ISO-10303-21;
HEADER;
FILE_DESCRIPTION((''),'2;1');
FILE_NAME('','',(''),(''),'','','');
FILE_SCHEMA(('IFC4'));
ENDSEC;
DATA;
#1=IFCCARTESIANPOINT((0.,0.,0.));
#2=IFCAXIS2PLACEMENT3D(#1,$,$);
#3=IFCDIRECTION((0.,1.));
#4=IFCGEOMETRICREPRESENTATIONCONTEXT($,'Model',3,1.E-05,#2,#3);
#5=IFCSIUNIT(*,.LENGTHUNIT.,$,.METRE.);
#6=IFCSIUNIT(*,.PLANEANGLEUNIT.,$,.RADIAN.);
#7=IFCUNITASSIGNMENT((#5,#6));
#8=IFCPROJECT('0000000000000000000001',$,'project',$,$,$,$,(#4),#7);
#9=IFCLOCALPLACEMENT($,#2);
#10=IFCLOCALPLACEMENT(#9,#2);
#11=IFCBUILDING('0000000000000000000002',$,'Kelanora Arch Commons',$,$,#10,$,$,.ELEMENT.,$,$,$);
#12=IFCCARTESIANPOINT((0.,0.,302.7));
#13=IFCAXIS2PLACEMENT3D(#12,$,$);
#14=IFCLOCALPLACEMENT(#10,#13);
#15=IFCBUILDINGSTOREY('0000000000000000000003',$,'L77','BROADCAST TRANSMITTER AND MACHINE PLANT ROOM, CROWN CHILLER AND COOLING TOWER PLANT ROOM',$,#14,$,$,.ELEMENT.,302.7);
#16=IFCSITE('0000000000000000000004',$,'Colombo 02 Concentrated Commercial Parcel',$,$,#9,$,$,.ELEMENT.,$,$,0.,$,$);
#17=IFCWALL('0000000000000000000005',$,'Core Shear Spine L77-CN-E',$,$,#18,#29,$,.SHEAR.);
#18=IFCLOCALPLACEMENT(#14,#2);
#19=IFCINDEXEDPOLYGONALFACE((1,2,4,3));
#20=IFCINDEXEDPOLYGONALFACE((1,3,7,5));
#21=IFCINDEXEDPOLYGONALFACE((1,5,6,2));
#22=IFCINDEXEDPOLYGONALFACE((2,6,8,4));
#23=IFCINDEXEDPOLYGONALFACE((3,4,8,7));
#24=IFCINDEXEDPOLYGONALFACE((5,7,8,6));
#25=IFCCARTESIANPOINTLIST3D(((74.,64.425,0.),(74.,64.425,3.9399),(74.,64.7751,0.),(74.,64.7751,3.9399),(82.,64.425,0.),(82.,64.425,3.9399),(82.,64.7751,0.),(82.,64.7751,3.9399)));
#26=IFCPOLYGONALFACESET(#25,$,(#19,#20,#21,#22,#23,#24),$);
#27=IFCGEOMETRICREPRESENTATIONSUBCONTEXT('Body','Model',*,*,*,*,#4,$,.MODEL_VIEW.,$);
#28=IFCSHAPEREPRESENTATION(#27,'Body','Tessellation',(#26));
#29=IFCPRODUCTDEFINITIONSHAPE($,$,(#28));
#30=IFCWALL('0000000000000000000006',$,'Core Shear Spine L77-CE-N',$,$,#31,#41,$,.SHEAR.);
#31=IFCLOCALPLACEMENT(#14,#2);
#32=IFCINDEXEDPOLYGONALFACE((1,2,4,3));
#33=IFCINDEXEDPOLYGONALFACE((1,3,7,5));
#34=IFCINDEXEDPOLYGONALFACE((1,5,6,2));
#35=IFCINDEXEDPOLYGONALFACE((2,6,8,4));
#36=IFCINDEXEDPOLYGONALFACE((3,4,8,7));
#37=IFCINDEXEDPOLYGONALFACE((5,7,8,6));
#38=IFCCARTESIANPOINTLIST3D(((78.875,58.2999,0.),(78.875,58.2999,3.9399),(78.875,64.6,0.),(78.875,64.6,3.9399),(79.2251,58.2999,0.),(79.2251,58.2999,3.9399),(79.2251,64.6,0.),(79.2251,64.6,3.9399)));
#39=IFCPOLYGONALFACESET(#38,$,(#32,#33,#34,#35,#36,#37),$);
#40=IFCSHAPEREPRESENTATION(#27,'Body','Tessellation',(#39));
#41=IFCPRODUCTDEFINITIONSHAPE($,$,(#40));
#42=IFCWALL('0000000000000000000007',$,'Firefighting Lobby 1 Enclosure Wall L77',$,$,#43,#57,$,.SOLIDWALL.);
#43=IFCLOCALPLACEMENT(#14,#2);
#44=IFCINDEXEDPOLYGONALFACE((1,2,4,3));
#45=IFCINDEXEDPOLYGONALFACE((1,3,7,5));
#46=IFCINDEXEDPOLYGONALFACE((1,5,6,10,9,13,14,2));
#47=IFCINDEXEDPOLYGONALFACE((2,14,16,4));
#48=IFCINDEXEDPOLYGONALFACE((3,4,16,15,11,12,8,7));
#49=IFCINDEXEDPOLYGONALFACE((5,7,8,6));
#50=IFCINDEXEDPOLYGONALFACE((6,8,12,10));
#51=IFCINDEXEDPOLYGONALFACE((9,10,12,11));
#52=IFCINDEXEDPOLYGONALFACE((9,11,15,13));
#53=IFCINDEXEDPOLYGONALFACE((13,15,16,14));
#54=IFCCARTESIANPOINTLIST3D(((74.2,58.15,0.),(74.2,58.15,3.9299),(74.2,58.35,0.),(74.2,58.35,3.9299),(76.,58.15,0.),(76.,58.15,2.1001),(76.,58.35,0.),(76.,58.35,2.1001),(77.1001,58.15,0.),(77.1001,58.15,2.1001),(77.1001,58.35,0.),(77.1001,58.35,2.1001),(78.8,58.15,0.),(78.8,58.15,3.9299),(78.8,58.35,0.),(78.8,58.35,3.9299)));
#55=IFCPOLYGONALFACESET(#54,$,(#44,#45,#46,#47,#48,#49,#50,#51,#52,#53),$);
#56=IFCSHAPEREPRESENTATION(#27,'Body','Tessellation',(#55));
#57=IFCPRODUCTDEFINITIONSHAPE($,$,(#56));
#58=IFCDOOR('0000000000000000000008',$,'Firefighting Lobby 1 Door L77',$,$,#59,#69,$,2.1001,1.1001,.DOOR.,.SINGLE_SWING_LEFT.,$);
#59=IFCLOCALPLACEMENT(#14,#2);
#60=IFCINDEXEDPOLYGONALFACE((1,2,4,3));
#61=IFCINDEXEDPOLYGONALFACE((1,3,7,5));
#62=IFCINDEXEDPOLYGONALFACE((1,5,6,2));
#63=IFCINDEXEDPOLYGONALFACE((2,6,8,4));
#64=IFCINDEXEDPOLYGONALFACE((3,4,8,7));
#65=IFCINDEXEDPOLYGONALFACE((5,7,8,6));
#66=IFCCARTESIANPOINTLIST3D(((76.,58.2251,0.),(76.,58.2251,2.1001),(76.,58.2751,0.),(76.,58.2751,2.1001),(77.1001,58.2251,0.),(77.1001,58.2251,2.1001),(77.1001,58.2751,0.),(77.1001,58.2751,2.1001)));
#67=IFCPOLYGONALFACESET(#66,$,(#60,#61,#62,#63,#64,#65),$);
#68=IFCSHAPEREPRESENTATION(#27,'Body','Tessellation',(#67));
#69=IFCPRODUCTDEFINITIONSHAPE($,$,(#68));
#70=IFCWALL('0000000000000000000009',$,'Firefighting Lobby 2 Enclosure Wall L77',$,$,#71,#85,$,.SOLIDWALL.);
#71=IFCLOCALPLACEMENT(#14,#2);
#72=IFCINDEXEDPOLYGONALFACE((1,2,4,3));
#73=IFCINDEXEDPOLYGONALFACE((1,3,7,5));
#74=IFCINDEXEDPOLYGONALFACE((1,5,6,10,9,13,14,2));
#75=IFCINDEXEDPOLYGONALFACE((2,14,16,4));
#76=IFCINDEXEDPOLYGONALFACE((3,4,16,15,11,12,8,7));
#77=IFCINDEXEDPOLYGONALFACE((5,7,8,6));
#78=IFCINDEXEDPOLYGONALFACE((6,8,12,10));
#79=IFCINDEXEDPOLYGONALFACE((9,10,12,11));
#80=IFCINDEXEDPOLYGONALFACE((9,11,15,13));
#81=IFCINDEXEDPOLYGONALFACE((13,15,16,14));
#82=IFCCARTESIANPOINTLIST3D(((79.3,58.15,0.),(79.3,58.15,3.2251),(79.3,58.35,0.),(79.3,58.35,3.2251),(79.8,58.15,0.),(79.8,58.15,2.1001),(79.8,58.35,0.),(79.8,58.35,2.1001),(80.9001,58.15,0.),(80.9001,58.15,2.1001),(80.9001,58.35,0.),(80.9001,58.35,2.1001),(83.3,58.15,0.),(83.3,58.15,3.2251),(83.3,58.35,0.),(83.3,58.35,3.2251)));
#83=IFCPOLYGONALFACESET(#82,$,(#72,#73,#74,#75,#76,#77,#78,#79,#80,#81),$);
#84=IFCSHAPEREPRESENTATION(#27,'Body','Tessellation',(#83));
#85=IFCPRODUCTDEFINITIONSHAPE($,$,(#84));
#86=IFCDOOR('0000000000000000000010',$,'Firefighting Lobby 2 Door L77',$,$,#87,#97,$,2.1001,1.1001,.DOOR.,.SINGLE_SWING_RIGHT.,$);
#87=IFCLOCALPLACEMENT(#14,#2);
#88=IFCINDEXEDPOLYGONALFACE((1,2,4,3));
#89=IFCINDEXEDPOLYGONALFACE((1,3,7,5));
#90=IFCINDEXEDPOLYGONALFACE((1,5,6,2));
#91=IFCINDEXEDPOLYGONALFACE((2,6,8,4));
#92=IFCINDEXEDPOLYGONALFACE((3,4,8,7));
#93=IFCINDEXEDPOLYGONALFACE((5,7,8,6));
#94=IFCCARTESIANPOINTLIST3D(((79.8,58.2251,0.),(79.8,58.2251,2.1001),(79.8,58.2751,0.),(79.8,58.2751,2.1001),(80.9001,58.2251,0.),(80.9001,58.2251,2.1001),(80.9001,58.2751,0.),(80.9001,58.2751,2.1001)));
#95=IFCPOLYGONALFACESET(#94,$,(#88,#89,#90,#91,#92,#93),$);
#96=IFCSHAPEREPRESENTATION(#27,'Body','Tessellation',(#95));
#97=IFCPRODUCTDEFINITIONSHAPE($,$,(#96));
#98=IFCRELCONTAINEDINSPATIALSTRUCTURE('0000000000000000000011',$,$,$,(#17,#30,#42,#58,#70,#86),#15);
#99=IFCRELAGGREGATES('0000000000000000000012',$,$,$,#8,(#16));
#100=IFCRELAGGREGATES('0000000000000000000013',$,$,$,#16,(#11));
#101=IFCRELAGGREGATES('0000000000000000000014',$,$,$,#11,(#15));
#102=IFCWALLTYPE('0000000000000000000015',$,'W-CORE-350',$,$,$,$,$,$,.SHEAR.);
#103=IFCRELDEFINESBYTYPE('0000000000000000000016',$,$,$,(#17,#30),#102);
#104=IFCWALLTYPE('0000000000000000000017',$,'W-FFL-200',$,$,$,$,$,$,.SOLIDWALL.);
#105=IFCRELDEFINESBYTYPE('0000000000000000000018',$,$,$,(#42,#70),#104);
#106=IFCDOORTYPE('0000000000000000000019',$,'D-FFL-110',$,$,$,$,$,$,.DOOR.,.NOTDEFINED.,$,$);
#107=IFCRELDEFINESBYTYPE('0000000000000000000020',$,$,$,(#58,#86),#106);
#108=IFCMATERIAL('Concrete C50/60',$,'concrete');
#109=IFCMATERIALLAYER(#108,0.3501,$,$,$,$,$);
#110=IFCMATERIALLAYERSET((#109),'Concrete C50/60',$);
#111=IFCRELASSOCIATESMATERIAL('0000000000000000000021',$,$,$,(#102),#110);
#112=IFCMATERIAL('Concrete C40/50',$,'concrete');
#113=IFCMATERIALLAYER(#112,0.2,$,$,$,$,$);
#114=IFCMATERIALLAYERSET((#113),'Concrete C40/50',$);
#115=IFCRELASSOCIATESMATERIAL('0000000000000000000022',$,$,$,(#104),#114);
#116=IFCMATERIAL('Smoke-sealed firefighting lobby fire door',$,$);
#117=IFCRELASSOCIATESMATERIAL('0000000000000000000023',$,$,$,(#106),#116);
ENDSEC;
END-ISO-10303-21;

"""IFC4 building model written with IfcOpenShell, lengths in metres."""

from ifc_helpers import new_model, si_unit, direction, frame, frame_2d, origin, place, context, subcontext, project, spatial, rectangle, extrude, material, layer, layer_set, type_object, element, fill, save


model = new_model("IFC4")

# Units and contexts
model_context = context("Model", 3, precision=1e-05, world=origin(), true_north=direction((0.0, 1.0)))
body_context = subcontext(model_context, "Body", "Model", "MODEL_VIEW")
ifc_project = project(units=[si_unit("LENGTHUNIT", "METRE"), si_unit("PLANEANGLEUNIT", "RADIAN")], contexts=[model_context])

# Site, building, storey
site_placement = place(None, origin())
site = spatial("IfcSite", under=ifc_project, at=site_placement, Name="Colombo 02 Concentrated Commercial Parcel", CompositionType="ELEMENT", RefElevation=0.0)
building_placement = place(site_placement, origin())
building = spatial("IfcBuilding", under=site, at=building_placement, Name="Kelanora Arch Commons", CompositionType="ELEMENT")
storey_placement = place(building_placement, frame((0.0, 0.0, 302.7)))
storey = spatial("IfcBuildingStorey", under=building, at=storey_placement, Name="L77", Description="BROADCAST TRANSMITTER AND MACHINE PLANT ROOM, CROWN CHILLER AND COOLING TOWER PLANT ROOM", CompositionType="ELEMENT", Elevation=302.7)

# Shared definitions
ifc_material_1 = material(Name="Concrete C50/60", Category="concrete")

# Walls
ifc_layer_1 = layer(ifc_material_1, 0.3501)
ifc_layer_set_1 = layer_set([ifc_layer_1], Name="Concrete C50/60")
wall_type_1 = type_object("IfcWallType", Name="W-CORE-350", PredefinedType="SHEAR", material=ifc_layer_set_1)
wall_1_placement = place(storey_placement, frame((74.0, 64.6001, 0.0), z_axis=(0.0, 0.0, 1.0), x_axis=(1.0, 0.0, 0.0)))
element("IfcWall", 1, at=wall_1_placement, inside=storey, type_object=wall_type_1, Name="Core Shear Spine L77-CN-E", PredefinedType="SHEAR", context=body_context, shape_type="SweptSolid", body=[
    extrude(rectangle(XDim=8.0, YDim=0.3501, at=frame_2d((4.0, 0.0))), origin(), (0.0, 0.0, 1.0), 3.9399),
])
wall_2_placement = place(storey_placement, frame((79.05, 58.3, 0.0), z_axis=(0.0, 0.0, 1.0), x_axis=(0.0, 1.0, 0.0)))
element("IfcWall", 2, at=wall_2_placement, inside=storey, type_object=wall_type_1, Name="Core Shear Spine L77-CE-N", PredefinedType="SHEAR", context=body_context, shape_type="SweptSolid", body=[
    extrude(rectangle(XDim=6.3, YDim=0.3501, at=frame_2d((3.1499, 0.0))), origin(), (0.0, 0.0, 1.0), 3.9399),
])

# Walls, openings, doors
ifc_material_2 = material(Name="Concrete C40/50", Category="concrete")
ifc_layer_2 = layer(ifc_material_2, 0.2)
ifc_layer_set_2 = layer_set([ifc_layer_2], Name="Concrete C40/50")
wall_type_2 = type_object("IfcWallType", Name="W-FFL-200", PredefinedType="SOLIDWALL", material=ifc_layer_set_2)
wall_3_placement = place(storey_placement, frame((74.2, 58.25, 0.0), z_axis=(0.0, 0.0, 1.0), x_axis=(1.0, 0.0, 0.0)))
wall_3 = element("IfcWall", 3, at=wall_3_placement, inside=storey, type_object=wall_type_2, Name="Firefighting Lobby 1 Enclosure Wall L77", PredefinedType="SOLIDWALL", context=body_context, shape_type="SweptSolid", body=[
    extrude(rectangle(XDim=4.6001, YDim=0.2, at=frame_2d((2.3, 0.0))), origin(), (0.0, 0.0, 1.0), 3.9299),
])
opening_1_placement = place(wall_3_placement, frame((1.8, 0.0, 0.0)))
opening_1 = element("IfcOpeningElement", 4, at=opening_1_placement, cuts=wall_3, PredefinedType="OPENING", context=body_context, shape_type="SweptSolid", body=[
    extrude(rectangle(XDim=1.1001, YDim=2.1001, at=frame_2d((0.55, 1.05))), frame((0.0, 0.1099, 0.0), z_axis=(0.0, -1.0, 0.0), x_axis=(1.0, 0.0, 0.0)), (0.0, 0.0, 1.0), 0.22),
])
ifc_material_3 = material(Name="Smoke-sealed firefighting lobby fire door")
door_type_1 = type_object("IfcDoorType", Name="D-FFL-110", OperationType="NOTDEFINED", PredefinedType="DOOR", material=ifc_material_3)
door_1_placement = place(opening_1_placement, frame((1.1001, 0.0, 0.0), z_axis=(0.0, 0.0, 1.0), x_axis=(-1.0, 0.0, 0.0)))
door_1 = element("IfcDoor", 5, at=door_1_placement, inside=storey, type_object=door_type_1, Name="Firefighting Lobby 1 Door L77", OperationType="SINGLE_SWING_LEFT", OverallHeight=2.1001, OverallWidth=1.1001, PredefinedType="DOOR", context=body_context, shape_type="SweptSolid", body=[
    extrude(rectangle(XDim=1.1001, YDim=2.1001, at=frame_2d((0.55, 1.05))), frame((0.0, 0.0249, 0.0), z_axis=(0.0, -1.0, 0.0), x_axis=(1.0, 0.0, 0.0)), (0.0, 0.0, 1.0), 0.05),
])
fill(opening_1, door_1)
wall_4_placement = place(storey_placement, frame((79.3, 58.25, 0.0), z_axis=(0.0, 0.0, 1.0), x_axis=(1.0, 0.0, 0.0)))
wall_4 = element("IfcWall", 6, at=wall_4_placement, inside=storey, type_object=wall_type_2, Name="Firefighting Lobby 2 Enclosure Wall L77", PredefinedType="SOLIDWALL", context=body_context, shape_type="SweptSolid", body=[
    extrude(rectangle(XDim=4.0, YDim=0.2, at=frame_2d((2.0, 0.0))), origin(), (0.0, 0.0, 1.0), 3.2251),
])
opening_2_placement = place(wall_4_placement, frame((0.5, 0.0, 0.0)))
opening_2 = element("IfcOpeningElement", 7, at=opening_2_placement, cuts=wall_4, PredefinedType="OPENING", context=body_context, shape_type="SweptSolid", body=[
    extrude(rectangle(XDim=1.1001, YDim=2.1001, at=frame_2d((0.55, 1.05))), frame((0.0, 0.1099, 0.0), z_axis=(0.0, -1.0, 0.0), x_axis=(1.0, 0.0, 0.0)), (0.0, 0.0, 1.0), 0.22),
])
door_2_placement = place(opening_2_placement, frame((1.1001, 0.0, 0.0), z_axis=(0.0, 0.0, 1.0), x_axis=(-1.0, 0.0, 0.0)))
door_2 = element("IfcDoor", 8, at=door_2_placement, inside=storey, type_object=door_type_1, Name="Firefighting Lobby 2 Door L77", OperationType="SINGLE_SWING_RIGHT", OverallHeight=2.1001, OverallWidth=1.1001, PredefinedType="DOOR", context=body_context, shape_type="SweptSolid", body=[
    extrude(rectangle(XDim=1.1001, YDim=2.1001, at=frame_2d((0.55, 1.05))), frame((0.0, 0.0249, 0.0), z_axis=(0.0, -1.0, 0.0), x_axis=(1.0, 0.0, 0.0)), (0.0, 0.0, 1.0), 0.05),
])
fill(opening_2, door_2)

save(model, "model.ifc")
